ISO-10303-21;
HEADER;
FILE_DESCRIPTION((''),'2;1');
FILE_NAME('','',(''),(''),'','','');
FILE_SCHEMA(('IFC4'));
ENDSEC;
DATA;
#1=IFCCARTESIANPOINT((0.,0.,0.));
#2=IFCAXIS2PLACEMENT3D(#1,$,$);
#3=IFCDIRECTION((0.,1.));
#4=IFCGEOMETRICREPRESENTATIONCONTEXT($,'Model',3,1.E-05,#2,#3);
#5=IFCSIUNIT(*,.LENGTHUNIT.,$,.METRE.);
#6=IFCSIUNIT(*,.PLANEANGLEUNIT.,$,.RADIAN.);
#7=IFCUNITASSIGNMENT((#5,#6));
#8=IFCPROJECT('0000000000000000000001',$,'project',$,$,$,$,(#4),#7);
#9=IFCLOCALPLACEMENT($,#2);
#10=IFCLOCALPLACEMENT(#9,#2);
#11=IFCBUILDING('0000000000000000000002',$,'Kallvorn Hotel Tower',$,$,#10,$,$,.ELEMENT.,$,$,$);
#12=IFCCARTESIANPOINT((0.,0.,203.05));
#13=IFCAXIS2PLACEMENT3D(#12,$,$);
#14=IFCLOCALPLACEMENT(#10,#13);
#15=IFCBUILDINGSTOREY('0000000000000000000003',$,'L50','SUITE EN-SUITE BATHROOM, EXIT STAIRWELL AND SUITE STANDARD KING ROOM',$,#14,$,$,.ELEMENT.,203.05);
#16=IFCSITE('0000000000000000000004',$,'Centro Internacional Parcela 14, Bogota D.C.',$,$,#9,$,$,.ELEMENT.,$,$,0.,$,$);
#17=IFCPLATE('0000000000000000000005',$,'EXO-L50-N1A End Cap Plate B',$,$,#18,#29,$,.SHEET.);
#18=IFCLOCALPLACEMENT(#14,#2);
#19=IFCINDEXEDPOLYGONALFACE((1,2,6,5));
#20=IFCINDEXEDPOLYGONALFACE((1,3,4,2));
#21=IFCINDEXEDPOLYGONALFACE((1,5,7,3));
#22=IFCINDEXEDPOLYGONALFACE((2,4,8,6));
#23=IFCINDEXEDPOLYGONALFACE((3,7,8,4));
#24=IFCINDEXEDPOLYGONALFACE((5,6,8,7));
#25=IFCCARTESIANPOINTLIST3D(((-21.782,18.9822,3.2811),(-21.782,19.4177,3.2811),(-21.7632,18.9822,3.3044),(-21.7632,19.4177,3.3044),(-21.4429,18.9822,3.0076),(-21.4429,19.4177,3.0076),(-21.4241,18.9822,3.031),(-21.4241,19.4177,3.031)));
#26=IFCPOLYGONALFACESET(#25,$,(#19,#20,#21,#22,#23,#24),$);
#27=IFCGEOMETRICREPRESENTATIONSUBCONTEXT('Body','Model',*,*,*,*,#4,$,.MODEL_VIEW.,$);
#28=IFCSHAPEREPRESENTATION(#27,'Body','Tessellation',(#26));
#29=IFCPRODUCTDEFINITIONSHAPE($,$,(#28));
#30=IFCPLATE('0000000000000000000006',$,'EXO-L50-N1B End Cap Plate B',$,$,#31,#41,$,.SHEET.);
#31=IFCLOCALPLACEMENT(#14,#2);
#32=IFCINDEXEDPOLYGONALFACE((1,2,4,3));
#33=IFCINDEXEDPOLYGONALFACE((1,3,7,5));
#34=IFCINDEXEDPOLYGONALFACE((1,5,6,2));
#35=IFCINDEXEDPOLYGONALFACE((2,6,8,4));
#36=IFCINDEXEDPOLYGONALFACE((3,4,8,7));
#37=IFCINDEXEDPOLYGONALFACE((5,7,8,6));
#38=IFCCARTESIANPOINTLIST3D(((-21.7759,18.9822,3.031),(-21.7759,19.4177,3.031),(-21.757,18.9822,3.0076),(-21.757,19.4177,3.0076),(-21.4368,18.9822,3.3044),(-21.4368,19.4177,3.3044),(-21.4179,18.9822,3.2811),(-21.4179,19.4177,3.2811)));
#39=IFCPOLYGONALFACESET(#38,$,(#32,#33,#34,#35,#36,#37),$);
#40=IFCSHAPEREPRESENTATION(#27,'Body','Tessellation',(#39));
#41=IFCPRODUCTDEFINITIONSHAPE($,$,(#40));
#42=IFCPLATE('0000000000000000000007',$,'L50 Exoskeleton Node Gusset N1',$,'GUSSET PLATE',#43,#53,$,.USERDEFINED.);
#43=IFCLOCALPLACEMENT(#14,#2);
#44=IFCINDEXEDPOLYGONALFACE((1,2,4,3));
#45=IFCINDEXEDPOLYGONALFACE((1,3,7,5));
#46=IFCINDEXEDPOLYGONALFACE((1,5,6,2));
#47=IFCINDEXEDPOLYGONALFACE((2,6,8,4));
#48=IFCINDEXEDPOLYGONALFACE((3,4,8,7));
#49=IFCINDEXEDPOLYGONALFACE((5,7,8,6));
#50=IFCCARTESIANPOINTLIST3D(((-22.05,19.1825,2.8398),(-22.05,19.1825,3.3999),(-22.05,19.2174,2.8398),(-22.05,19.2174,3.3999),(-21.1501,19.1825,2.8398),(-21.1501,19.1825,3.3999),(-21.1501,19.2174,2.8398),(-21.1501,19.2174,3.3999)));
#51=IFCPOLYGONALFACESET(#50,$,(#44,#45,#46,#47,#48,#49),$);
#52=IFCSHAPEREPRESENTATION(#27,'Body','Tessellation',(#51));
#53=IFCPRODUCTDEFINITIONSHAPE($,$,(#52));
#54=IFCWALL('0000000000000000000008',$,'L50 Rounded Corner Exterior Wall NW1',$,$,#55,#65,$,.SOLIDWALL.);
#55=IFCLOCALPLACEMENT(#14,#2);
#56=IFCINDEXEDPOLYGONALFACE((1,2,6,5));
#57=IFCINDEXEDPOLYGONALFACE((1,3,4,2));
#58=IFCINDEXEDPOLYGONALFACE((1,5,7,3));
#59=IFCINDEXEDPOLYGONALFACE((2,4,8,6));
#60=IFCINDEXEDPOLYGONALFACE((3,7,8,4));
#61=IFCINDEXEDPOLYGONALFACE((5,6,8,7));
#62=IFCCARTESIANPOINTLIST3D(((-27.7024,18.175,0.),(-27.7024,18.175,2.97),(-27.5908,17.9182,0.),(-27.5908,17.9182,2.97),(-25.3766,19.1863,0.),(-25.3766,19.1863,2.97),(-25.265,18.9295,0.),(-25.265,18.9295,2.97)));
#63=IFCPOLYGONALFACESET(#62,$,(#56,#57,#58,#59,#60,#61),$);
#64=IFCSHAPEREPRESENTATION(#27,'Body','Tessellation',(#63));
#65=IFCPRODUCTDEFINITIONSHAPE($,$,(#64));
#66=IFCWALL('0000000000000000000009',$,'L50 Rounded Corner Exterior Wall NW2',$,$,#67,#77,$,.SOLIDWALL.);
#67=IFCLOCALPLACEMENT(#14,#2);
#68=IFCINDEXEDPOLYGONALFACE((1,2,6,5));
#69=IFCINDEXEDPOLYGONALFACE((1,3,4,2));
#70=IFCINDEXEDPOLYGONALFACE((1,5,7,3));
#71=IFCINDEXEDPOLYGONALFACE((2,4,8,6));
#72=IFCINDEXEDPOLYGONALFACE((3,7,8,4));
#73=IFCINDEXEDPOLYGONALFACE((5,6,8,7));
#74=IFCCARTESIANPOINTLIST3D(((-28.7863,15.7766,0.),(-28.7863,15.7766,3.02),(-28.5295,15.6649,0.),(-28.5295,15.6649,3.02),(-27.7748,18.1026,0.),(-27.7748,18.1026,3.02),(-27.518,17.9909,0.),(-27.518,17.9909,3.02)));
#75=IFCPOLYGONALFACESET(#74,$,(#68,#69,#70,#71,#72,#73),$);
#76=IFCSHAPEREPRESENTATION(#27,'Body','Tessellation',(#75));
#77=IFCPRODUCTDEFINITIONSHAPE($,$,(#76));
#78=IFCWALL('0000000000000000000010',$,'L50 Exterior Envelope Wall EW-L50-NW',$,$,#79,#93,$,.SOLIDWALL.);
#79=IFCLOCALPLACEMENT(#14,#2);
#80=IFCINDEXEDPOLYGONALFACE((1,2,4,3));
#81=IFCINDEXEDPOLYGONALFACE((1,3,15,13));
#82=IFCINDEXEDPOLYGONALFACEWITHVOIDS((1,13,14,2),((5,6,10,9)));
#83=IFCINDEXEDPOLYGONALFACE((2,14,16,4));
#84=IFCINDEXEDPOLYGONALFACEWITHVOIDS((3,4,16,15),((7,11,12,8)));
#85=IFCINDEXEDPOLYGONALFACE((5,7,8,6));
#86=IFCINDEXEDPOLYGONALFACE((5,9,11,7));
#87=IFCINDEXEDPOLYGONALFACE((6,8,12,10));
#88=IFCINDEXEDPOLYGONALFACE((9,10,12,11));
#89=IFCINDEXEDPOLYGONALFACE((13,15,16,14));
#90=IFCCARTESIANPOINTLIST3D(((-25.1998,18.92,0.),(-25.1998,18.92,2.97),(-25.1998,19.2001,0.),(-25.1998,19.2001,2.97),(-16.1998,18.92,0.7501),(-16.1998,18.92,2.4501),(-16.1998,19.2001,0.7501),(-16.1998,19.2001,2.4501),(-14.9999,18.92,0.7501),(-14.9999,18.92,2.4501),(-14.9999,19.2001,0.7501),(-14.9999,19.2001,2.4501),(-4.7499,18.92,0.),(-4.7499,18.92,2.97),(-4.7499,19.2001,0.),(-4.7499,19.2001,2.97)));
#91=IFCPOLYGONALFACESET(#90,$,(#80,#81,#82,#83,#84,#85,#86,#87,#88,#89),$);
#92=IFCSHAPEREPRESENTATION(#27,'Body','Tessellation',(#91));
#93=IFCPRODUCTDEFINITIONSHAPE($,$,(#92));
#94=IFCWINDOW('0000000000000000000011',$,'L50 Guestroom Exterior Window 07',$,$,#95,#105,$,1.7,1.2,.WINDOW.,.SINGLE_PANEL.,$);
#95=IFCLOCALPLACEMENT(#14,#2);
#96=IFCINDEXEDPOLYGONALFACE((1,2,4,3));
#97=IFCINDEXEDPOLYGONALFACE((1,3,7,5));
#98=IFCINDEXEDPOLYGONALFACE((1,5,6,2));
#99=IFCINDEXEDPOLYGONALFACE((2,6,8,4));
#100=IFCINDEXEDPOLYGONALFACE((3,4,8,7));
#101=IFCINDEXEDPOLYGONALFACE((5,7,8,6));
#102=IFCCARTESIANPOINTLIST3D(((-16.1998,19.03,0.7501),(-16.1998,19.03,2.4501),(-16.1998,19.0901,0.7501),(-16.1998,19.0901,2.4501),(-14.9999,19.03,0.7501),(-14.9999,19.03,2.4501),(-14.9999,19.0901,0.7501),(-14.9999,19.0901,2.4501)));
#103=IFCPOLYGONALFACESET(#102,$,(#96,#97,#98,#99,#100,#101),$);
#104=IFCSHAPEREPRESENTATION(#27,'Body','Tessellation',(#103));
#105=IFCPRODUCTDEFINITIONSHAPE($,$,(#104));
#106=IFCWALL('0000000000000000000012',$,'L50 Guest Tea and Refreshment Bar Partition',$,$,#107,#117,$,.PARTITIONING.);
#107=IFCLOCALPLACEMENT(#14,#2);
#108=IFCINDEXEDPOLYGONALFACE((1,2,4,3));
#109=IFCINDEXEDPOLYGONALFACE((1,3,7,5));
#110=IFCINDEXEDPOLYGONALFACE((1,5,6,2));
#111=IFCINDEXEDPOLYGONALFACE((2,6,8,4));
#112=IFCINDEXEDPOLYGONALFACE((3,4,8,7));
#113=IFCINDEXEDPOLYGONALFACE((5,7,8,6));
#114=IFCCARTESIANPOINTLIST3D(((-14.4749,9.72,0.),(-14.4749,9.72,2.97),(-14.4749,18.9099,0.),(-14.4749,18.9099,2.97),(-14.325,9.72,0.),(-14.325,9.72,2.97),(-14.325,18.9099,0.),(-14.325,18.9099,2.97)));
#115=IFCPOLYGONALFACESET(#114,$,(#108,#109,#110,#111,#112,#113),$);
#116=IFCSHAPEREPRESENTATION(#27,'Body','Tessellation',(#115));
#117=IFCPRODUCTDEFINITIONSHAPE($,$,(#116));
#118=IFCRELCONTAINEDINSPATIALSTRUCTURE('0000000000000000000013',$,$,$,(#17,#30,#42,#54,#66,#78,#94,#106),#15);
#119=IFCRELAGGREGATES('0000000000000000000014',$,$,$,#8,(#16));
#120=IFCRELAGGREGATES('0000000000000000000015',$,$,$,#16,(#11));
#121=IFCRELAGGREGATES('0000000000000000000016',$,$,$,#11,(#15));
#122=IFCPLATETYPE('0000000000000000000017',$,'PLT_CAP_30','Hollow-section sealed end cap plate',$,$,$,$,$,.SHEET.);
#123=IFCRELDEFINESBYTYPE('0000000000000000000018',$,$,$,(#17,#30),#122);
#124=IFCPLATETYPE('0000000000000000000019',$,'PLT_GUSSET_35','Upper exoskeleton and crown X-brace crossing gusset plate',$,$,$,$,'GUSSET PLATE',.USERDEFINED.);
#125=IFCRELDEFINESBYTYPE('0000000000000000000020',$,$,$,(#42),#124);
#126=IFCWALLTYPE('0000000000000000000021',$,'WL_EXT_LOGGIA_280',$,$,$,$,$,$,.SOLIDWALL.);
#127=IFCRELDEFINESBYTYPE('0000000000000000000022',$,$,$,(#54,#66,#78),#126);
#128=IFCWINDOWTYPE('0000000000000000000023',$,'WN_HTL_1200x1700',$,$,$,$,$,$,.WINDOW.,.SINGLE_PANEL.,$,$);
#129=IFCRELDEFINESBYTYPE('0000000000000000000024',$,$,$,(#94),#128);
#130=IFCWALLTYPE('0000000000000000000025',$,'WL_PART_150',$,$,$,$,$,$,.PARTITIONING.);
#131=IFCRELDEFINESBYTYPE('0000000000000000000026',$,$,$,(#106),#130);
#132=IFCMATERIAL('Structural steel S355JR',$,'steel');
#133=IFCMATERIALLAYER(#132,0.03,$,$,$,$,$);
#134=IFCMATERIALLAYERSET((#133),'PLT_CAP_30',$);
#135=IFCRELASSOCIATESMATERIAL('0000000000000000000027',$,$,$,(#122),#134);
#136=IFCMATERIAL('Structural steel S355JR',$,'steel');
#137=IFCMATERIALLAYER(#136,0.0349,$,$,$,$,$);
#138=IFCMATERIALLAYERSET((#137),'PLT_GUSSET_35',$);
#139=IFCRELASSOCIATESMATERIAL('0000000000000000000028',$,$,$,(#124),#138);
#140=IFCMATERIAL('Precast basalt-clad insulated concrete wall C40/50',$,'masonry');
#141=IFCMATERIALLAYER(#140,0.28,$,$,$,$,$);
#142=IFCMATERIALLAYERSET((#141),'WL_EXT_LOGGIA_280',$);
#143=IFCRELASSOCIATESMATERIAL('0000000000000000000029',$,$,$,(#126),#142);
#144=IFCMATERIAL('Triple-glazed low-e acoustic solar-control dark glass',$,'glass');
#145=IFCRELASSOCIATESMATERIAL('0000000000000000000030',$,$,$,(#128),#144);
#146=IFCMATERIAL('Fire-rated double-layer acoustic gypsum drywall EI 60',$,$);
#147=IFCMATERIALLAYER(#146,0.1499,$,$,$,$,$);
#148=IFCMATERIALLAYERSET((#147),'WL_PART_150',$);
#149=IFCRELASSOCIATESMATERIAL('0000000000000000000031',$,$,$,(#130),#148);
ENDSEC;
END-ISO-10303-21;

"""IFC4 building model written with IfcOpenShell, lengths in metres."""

from ifc_helpers import new_model, si_unit, direction, frame, frame_2d, origin, origin_2d, place, context, subcontext, project, spatial, polyline, rectangle, outline, extrude, material, layer, layer_set, type_object, element, fill, save


model = new_model("IFC4")

# Units and contexts
model_context = context("Model", 3, precision=1e-05, world=origin(), true_north=direction((0.0, 1.0)))
body_context = subcontext(model_context, "Body", "Model", "MODEL_VIEW")
ifc_project = project(units=[si_unit("LENGTHUNIT", "METRE"), si_unit("PLANEANGLEUNIT", "RADIAN")], contexts=[model_context])

# Site, building, storey
site_placement = place(None, origin())
site = spatial("IfcSite", under=ifc_project, at=site_placement, Name="Centro Internacional Parcela 14, Bogota D.C.", CompositionType="ELEMENT", RefElevation=0.0)
building_placement = place(site_placement, origin())
building = spatial("IfcBuilding", under=site, at=building_placement, Name="Kallvorn Hotel Tower", CompositionType="ELEMENT")
storey_placement = place(building_placement, frame((0.0, 0.0, 203.05)))
storey = spatial("IfcBuildingStorey", under=building, at=storey_placement, Name="L50", Description="SUITE EN-SUITE BATHROOM, EXIT STAIRWELL AND SUITE STANDARD KING ROOM", CompositionType="ELEMENT", Elevation=203.05)

# Plates
ifc_material_1 = material(Name="Structural steel S355JR", Category="steel")
ifc_layer_1 = layer(ifc_material_1, 0.03)
ifc_layer_set_1 = layer_set([ifc_layer_1], Name="PLT_CAP_30")
plate_type_1 = type_object("IfcPlateType", Name="PLT_CAP_30", Description="Hollow-section sealed end cap plate", PredefinedType="SHEET", material=ifc_layer_set_1)
for number, where, z_axis, x_axis, name in (
    (1, (-21.4241, 18.9822, 3.031), (0.627698, 0.0, 0.778457), (0.0, 1.0, 0.0), "EXO-L50-N1A End Cap Plate B"),
    (2, (-21.7759, 19.4177, 3.031), (-0.627698, 0.0, 0.778457), (0.0, -1.0, 0.0), "EXO-L50-N1B End Cap Plate B"),
):
    element("IfcPlate", number, at=place(storey_placement, frame(where, z_axis=z_axis, x_axis=x_axis)), inside=storey, type_object=plate_type_1, Name=name, PredefinedType="SHEET", context=body_context, shape_type="SweptSolid", body=[
        extrude(outline(polyline([(0.0, 0.0), (0.4355, 0.0), (0.4355, 0.4356), (0.0, 0.4356), (0.0, 0.0)])), origin(), (0.0, 0.0, -1.0), 0.03),
    ])
ifc_material_2 = material(Name="Structural steel S355JR", Category="steel")
ifc_layer_2 = layer(ifc_material_2, 0.0349)
ifc_layer_set_2 = layer_set([ifc_layer_2], Name="PLT_GUSSET_35")
plate_type_2 = type_object("IfcPlateType", Name="PLT_GUSSET_35", Description="Upper exoskeleton and crown X-brace crossing gusset plate", ElementType="GUSSET PLATE", PredefinedType="USERDEFINED", material=ifc_layer_set_2)
plate_placement = place(storey_placement, frame((-21.6001, 19.2, 2.8398), z_axis=(0.0, 0.0, 1.0), x_axis=(1.0, 0.0, 0.0)))
element("IfcPlate", 3, at=plate_placement, inside=storey, type_object=plate_type_2, Name="L50 Exoskeleton Node Gusset N1", ObjectType="GUSSET PLATE", PredefinedType="USERDEFINED", context=body_context, shape_type="SweptSolid", body=[
    extrude(rectangle(XDim=0.8999, YDim=0.0349, at=origin_2d()), origin(), (0.0, 0.0, 1.0), 0.5601),
])

# Walls
ifc_material_3 = material(Name="Precast basalt-clad insulated concrete wall C40/50", Category="masonry")
ifc_layer_3 = layer(ifc_material_3, 0.28)
ifc_layer_set_3 = layer_set([ifc_layer_3], Name="WL_EXT_LOGGIA_280")
wall_type_1 = type_object("IfcWallType", Name="WL_EXT_LOGGIA_280", PredefinedType="SOLIDWALL", material=ifc_layer_set_3)
wall_1_placement = place(storey_placement, frame((-25.3208, 19.0579, 0.0), z_axis=(0.0, 0.0, 1.0), x_axis=(-0.917061, -0.398747, 0.0)))
element("IfcWall", 4, at=wall_1_placement, inside=storey, type_object=wall_type_1, Name="L50 Rounded Corner Exterior Wall NW1", PredefinedType="SOLIDWALL", context=body_context, shape_type="SweptSolid", body=[
    extrude(rectangle(XDim=2.5361, YDim=0.28, at=frame_2d((1.2681, 0.0))), origin(), (0.0, 0.0, 1.0), 2.97),
])
wall_2_placement = place(storey_placement, frame((-27.6465, 18.0466, 0.0), z_axis=(0.0, 0.0, 1.0), x_axis=(-0.398793, -0.917041, 0.0)))
element("IfcWall", 5, at=wall_2_placement, inside=storey, type_object=wall_type_1, Name="L50 Rounded Corner Exterior Wall NW2", PredefinedType="SOLIDWALL", context=body_context, shape_type="SweptSolid", body=[
    extrude(rectangle(XDim=2.5364, YDim=0.28, at=frame_2d((1.2681, 0.0))), origin(), (0.0, 0.0, 1.0), 3.02),
])

# Wall, opening, window
wall_3_placement = place(storey_placement, frame((-25.2, 19.0601, 0.0), z_axis=(0.0, 0.0, 1.0), x_axis=(1.0, 0.0, 0.0)))
wall_3 = element("IfcWall", 6, at=wall_3_placement, inside=storey, type_object=wall_type_1, Name="L50 Exterior Envelope Wall EW-L50-NW", PredefinedType="SOLIDWALL", context=body_context, shape_type="SweptSolid", body=[
    extrude(rectangle(XDim=20.45, YDim=0.28, at=frame_2d((10.2251, 0.0))), origin(), (0.0, 0.0, 1.0), 2.97),
])
opening_placement = place(wall_3_placement, frame((9.0, 0.0, 0.75)))
opening = element("IfcOpeningElement", 7, at=opening_placement, cuts=wall_3, PredefinedType="OPENING", context=body_context, shape_type="SweptSolid", body=[
    extrude(rectangle(XDim=1.2, YDim=1.7, at=frame_2d((0.6001, 0.8501))), frame((0.0, 0.155, 0.0), z_axis=(0.0, -1.0, 0.0), x_axis=(1.0, 0.0, 0.0)), (0.0, 0.0, 1.0), 0.3101),
])
ifc_material_4 = material(Name="Triple-glazed low-e acoustic solar-control dark glass", Category="glass")
window_type = type_object("IfcWindowType", Name="WN_HTL_1200x1700", PartitioningType="SINGLE_PANEL", PredefinedType="WINDOW", material=ifc_material_4)
window_placement = place(opening_placement, origin())
window = element("IfcWindow", 8, at=window_placement, inside=storey, type_object=window_type, Name="L50 Guestroom Exterior Window 07", OverallHeight=1.7, OverallWidth=1.2, PartitioningType="SINGLE_PANEL", PredefinedType="WINDOW", context=body_context, shape_type="SweptSolid", body=[
    extrude(rectangle(XDim=1.2, YDim=1.7, at=frame_2d((0.6001, 0.8501))), frame((0.0, 0.03, 0.0), z_axis=(0.0, -1.0, 0.0), x_axis=(1.0, 0.0, 0.0)), (0.0, 0.0, 1.0), 0.0601),
])
fill(opening, window)

# Wall
ifc_material_5 = material(Name="Fire-rated double-layer acoustic gypsum drywall EI 60")
ifc_layer_4 = layer(ifc_material_5, 0.1499)
ifc_layer_set_4 = layer_set([ifc_layer_4], Name="WL_PART_150")
wall_type_2 = type_object("IfcWallType", Name="WL_PART_150", PredefinedType="PARTITIONING", material=ifc_layer_set_4)
wall_4_placement = place(storey_placement, frame((-14.3999, 9.72, 0.0), z_axis=(0.0, 0.0, 1.0), x_axis=(0.0, 1.0, 0.0)))
element("IfcWall", 9, at=wall_4_placement, inside=storey, type_object=wall_type_2, Name="L50 Guest Tea and Refreshment Bar Partition", PredefinedType="PARTITIONING", context=body_context, shape_type="SweptSolid", body=[
    extrude(rectangle(XDim=9.1899, YDim=0.1499, at=frame_2d((4.595, 0.0))), origin(), (0.0, 0.0, 1.0), 2.97),
])

save(model, "model.ifc")
